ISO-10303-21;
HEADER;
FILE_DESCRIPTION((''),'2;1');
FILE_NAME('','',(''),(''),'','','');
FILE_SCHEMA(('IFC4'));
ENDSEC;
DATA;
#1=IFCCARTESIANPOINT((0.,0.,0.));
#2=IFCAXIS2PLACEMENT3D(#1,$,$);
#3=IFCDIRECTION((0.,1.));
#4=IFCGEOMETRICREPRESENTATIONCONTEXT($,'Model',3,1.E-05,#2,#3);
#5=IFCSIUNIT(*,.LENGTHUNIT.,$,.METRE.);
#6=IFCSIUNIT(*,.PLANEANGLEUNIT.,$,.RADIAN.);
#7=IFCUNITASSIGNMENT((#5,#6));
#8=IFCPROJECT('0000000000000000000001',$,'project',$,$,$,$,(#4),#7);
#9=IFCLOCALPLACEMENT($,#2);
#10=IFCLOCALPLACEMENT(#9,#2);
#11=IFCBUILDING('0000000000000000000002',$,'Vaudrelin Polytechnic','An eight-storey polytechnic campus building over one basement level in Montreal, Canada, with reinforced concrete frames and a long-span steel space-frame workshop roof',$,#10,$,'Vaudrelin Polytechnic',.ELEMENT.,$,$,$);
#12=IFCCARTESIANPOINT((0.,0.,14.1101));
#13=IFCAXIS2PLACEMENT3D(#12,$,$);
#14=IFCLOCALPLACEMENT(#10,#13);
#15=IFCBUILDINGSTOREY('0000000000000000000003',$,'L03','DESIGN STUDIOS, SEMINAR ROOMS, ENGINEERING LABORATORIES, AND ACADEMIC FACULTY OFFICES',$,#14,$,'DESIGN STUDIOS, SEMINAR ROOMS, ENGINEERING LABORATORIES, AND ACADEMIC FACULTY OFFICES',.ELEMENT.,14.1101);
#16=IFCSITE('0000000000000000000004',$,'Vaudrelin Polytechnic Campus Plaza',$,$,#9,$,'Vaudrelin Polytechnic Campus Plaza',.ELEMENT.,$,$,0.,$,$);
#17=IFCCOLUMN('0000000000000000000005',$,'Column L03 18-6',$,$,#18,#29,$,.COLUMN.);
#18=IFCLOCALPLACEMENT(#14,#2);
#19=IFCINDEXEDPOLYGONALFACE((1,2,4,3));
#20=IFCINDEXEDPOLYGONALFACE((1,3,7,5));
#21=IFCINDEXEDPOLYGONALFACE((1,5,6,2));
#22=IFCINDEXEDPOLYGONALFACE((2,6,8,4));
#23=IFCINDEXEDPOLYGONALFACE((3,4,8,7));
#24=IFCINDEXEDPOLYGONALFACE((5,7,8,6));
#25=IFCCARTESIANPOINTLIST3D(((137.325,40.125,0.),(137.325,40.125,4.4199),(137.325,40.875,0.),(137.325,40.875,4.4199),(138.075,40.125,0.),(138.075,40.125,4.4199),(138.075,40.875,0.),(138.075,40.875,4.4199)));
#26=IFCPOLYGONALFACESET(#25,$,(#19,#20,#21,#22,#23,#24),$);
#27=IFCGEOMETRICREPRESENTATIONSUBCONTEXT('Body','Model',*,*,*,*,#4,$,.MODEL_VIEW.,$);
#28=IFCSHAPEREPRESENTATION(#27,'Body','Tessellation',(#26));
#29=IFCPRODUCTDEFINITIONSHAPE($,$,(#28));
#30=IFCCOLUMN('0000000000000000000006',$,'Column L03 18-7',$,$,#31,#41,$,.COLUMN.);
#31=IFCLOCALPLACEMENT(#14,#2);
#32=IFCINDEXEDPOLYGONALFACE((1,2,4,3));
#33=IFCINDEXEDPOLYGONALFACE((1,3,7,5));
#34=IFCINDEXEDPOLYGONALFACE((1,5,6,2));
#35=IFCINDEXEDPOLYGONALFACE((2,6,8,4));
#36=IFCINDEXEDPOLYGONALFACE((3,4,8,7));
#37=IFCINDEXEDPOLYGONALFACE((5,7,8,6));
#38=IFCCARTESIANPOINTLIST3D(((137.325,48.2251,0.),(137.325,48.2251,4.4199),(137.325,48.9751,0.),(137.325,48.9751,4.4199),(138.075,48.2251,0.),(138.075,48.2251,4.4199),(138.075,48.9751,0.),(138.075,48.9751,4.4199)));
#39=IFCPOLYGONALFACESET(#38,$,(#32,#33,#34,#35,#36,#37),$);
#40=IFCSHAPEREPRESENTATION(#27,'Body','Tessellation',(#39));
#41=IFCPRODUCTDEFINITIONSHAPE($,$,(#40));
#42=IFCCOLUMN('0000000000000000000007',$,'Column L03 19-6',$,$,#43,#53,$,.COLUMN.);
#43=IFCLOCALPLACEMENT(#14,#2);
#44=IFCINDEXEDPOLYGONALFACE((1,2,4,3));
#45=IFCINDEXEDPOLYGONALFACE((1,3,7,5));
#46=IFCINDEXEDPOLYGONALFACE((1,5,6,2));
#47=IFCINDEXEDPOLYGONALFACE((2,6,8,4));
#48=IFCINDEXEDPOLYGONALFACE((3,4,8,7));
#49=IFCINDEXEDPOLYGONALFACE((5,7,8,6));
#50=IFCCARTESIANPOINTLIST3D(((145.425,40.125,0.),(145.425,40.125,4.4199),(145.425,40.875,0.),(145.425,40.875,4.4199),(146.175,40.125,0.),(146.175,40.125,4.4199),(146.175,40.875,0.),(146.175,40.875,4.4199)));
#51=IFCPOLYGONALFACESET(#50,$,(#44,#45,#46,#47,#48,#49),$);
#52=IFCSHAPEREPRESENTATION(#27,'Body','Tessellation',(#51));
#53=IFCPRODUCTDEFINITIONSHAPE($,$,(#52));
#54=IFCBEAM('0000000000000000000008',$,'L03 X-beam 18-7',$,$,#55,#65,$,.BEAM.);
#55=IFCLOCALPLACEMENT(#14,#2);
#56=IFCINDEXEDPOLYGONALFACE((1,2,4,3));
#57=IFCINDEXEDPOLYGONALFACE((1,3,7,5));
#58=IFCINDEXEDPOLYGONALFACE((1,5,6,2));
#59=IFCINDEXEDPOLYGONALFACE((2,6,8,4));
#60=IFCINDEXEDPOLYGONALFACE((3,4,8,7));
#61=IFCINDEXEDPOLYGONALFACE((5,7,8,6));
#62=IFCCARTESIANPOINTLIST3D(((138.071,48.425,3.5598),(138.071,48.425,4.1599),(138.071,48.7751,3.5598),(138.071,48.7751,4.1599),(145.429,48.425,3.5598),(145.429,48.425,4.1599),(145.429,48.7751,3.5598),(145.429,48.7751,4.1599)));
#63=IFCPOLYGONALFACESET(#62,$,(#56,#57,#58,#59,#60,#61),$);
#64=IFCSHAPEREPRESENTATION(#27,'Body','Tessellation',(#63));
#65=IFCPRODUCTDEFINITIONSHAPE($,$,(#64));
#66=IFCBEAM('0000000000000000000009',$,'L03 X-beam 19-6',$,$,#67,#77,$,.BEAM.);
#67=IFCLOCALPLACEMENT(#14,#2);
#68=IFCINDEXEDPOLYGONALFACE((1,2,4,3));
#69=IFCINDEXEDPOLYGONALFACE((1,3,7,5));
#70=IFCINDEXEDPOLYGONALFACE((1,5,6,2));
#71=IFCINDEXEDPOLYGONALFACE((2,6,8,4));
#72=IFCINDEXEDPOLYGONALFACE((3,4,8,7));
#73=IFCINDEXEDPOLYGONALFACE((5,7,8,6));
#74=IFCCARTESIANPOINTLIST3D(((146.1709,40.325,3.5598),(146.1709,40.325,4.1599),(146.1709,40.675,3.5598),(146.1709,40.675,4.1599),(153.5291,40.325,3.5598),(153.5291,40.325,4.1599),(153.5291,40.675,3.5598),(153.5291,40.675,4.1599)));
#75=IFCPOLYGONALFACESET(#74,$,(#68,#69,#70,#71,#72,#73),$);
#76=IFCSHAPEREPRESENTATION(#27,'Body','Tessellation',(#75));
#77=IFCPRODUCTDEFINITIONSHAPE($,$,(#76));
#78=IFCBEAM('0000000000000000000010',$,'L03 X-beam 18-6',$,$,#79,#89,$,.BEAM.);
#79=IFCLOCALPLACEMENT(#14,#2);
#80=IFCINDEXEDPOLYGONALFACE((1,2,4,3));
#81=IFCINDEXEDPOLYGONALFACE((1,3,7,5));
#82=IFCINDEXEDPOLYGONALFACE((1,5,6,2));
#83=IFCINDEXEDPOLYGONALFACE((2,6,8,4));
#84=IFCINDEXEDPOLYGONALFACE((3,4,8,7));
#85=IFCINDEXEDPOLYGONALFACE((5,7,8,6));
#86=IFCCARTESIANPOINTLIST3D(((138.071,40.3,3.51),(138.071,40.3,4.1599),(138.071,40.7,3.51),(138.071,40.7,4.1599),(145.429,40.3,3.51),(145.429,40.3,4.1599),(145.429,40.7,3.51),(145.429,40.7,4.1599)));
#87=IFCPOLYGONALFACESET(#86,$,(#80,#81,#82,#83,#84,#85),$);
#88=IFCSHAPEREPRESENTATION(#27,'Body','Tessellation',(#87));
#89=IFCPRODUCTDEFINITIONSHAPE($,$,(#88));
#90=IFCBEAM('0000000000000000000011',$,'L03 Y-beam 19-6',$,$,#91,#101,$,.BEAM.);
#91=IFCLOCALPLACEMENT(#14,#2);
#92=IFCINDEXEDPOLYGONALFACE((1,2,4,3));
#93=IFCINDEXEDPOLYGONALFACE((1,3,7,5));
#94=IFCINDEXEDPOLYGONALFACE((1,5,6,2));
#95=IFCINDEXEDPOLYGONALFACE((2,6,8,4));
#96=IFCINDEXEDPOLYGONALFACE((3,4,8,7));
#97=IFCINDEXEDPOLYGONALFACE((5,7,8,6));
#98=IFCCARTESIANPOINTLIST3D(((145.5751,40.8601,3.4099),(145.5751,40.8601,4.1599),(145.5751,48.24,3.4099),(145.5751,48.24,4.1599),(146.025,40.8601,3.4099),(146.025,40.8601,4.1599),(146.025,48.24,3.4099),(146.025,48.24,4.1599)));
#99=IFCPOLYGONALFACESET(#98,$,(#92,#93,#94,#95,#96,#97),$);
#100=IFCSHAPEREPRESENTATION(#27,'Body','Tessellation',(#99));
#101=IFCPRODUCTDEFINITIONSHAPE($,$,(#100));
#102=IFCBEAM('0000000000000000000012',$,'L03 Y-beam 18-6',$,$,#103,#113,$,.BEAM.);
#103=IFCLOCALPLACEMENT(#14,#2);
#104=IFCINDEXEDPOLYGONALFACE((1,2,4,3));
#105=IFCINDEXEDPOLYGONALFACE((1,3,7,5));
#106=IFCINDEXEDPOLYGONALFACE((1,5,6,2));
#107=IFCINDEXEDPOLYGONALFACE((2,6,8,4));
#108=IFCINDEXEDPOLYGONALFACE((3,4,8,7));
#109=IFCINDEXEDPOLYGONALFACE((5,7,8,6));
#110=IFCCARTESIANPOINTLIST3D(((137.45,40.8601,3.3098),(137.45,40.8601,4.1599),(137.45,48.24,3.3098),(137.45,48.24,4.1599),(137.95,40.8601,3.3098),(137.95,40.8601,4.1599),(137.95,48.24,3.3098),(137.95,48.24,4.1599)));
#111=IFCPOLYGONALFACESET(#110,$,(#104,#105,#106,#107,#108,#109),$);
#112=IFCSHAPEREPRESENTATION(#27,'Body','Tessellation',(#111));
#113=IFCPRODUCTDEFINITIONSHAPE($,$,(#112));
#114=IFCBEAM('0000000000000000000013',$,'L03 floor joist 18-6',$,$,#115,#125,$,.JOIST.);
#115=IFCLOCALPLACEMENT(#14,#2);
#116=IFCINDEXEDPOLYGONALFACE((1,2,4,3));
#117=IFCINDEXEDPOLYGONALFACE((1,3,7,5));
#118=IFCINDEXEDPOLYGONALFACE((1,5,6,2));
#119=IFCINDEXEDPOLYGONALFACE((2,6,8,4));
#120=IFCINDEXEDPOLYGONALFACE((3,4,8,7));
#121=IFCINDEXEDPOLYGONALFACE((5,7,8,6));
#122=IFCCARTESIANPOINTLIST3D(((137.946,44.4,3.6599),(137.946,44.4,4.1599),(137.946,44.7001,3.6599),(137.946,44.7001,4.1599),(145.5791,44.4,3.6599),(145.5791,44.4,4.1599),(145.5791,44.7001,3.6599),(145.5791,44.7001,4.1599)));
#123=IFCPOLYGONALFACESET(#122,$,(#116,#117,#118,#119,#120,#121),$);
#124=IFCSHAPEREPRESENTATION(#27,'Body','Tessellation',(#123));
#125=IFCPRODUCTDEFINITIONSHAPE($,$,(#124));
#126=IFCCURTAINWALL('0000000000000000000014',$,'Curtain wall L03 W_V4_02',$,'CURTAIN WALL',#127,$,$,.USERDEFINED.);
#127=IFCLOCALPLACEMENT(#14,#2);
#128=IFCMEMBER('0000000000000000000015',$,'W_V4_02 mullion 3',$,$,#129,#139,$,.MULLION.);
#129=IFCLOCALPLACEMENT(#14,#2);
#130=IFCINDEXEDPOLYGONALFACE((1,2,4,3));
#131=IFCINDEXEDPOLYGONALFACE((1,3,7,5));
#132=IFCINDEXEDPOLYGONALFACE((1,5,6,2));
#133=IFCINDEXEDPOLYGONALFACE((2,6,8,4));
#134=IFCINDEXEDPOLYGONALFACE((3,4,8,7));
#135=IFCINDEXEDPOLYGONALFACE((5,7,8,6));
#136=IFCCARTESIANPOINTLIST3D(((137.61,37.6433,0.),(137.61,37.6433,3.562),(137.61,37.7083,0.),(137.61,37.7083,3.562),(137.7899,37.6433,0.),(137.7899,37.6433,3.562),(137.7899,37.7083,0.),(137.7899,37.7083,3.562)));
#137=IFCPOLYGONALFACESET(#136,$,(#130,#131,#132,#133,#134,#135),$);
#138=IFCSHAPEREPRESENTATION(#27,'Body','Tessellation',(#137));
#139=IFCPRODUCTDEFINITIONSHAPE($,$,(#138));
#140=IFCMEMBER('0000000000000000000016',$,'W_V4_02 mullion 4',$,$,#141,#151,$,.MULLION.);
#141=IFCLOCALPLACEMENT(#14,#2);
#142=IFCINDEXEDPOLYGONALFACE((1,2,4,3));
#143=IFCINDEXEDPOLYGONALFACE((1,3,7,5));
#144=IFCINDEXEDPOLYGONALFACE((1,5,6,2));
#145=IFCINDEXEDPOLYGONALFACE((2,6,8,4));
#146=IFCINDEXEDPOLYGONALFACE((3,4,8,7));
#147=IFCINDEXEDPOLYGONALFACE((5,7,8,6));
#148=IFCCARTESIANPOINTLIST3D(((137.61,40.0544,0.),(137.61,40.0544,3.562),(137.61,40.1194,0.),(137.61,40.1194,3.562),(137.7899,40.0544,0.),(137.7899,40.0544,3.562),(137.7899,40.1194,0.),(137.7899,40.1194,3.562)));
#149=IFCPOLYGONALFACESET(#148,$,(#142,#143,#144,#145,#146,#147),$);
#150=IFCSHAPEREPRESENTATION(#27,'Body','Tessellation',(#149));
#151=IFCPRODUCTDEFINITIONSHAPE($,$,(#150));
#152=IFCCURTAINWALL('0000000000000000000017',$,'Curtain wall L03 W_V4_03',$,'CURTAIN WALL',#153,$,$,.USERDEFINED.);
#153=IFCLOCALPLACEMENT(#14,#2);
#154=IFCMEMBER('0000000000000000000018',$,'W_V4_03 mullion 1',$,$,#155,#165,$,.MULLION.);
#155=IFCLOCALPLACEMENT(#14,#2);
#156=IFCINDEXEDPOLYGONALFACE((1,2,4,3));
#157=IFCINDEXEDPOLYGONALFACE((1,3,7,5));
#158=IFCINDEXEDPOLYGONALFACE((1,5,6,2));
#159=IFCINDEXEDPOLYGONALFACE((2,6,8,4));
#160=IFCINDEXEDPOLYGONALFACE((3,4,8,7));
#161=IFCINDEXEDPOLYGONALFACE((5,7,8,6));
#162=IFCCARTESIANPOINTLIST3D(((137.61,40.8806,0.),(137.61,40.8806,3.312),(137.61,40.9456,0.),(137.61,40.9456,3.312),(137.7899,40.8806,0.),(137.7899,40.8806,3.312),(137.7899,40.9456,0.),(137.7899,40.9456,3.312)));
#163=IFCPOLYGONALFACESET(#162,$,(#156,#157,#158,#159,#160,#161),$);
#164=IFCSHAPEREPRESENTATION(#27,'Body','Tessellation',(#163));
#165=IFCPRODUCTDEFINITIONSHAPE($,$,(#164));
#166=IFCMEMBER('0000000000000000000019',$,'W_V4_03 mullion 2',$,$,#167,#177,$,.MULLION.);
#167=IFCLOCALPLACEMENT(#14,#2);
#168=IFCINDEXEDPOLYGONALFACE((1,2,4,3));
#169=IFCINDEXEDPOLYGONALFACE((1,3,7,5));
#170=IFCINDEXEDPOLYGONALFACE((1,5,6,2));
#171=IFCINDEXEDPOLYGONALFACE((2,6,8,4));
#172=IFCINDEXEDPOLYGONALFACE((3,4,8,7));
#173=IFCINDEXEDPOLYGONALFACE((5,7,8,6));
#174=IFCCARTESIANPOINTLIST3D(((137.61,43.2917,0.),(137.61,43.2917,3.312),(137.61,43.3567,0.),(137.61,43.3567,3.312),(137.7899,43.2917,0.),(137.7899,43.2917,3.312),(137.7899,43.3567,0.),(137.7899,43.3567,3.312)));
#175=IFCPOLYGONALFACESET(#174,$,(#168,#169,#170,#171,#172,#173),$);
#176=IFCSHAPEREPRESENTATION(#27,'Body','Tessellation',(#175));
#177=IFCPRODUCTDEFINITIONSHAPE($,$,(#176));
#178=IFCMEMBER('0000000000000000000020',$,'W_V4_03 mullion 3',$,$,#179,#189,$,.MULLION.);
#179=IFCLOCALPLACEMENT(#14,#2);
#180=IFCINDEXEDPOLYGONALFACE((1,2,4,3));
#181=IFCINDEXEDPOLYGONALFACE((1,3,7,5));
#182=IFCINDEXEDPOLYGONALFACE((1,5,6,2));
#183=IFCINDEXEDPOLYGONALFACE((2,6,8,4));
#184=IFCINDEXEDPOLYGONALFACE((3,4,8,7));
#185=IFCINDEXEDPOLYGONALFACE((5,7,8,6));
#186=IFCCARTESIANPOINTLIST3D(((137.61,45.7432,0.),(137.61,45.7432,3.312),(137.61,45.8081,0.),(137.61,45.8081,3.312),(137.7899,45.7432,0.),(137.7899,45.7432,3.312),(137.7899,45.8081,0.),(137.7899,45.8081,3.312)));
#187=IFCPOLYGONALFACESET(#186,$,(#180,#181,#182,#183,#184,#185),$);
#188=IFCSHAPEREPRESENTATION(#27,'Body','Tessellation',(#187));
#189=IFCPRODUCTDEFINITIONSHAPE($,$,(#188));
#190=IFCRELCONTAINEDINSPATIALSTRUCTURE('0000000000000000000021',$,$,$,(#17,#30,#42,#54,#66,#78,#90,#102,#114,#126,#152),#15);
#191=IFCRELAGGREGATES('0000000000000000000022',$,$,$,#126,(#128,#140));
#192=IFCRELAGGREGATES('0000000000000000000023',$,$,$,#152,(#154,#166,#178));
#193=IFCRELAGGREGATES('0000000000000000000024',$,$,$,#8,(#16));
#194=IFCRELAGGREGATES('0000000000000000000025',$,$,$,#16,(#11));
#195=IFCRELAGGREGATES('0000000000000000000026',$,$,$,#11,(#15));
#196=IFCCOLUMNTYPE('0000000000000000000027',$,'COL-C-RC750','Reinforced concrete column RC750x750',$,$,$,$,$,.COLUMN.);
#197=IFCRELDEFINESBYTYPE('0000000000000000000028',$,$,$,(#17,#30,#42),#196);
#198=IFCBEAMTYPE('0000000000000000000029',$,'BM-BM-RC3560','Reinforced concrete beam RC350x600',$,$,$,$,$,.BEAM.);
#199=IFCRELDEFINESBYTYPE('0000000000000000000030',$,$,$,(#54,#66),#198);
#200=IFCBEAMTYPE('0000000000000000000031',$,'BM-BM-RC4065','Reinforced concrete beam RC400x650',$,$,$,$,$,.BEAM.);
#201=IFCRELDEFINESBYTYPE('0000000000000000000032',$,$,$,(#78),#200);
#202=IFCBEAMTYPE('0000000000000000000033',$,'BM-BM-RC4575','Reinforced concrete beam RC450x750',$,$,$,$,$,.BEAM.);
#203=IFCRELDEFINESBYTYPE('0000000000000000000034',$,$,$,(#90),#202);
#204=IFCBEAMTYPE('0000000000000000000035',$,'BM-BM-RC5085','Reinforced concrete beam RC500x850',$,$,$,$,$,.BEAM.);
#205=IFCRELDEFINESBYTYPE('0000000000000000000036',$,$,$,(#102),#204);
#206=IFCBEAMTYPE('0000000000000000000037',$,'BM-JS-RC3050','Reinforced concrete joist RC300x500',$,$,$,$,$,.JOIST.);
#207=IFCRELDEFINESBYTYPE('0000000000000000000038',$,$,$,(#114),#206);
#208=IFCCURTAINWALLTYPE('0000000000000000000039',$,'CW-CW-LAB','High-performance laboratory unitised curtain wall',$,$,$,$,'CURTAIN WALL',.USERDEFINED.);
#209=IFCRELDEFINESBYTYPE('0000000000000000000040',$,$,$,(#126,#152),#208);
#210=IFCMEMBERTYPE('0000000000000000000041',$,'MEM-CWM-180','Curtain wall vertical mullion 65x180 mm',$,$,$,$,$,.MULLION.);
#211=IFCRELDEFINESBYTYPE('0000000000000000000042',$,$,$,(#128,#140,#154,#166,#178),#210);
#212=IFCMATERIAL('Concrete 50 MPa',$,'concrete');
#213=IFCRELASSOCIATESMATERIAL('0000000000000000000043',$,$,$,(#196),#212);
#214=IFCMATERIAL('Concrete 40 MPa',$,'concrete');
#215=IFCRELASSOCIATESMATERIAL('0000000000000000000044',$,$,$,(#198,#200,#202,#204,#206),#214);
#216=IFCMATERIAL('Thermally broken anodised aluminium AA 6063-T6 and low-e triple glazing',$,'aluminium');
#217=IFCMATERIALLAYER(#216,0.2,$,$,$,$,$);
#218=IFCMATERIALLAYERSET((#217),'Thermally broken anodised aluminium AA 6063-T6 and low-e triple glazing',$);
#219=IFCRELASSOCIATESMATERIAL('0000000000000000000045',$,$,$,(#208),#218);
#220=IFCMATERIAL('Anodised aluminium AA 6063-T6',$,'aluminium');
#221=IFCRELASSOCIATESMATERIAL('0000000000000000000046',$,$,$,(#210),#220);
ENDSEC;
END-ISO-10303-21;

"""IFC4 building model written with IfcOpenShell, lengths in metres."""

from ifc_helpers import new_model, si_unit, direction, frame, origin, origin_2d, place, context, subcontext, project, spatial, rectangle, extrude, material, layer, layer_set, material_profile, profile_set, type_object, element, aggregate, save


model = new_model("IFC4")

# Units and contexts
model_context = context("Model", 3, precision=1e-05, world=origin(), true_north=direction((0.0, 1.0)))
body_context = subcontext(model_context, "Body", "Model", "MODEL_VIEW")
ifc_project = project(units=[si_unit("LENGTHUNIT", "METRE"), si_unit("PLANEANGLEUNIT", "RADIAN")], contexts=[model_context])

# Site, building, storey
site_placement = place(None, origin())
site = spatial("IfcSite", under=ifc_project, at=site_placement, Name="Vaudrelin Polytechnic Campus Plaza", LongName="Vaudrelin Polytechnic Campus Plaza", CompositionType="ELEMENT", RefElevation=0.0)
building_placement = place(site_placement, origin())
building = spatial("IfcBuilding", under=site, at=building_placement, Name="Vaudrelin Polytechnic", Description="An eight-storey polytechnic campus building over one basement level in Montreal, Canada, with reinforced concrete frames and a long-span steel space-frame workshop roof", LongName="Vaudrelin Polytechnic", CompositionType="ELEMENT")
storey_placement = place(building_placement, frame((0.0, 0.0, 14.1101)))
storey = spatial("IfcBuildingStorey", under=building, at=storey_placement, Name="L03", Description="DESIGN STUDIOS, SEMINAR ROOMS, ENGINEERING LABORATORIES, AND ACADEMIC FACULTY OFFICES", LongName="DESIGN STUDIOS, SEMINAR ROOMS, ENGINEERING LABORATORIES, AND ACADEMIC FACULTY OFFICES", CompositionType="ELEMENT", Elevation=14.1101)

# Columns
ifc_material_1 = material(Name="Concrete 50 MPa", Category="concrete")
ifc_material_profile_1 = material_profile(ifc_material_1, rectangle(XDim=0.75, YDim=0.75, at=origin_2d()), Name="RC750x750")
ifc_profile_set_1 = profile_set([ifc_material_profile_1], Name="Concrete 50 MPa")
column_type = type_object("IfcColumnType", Name="COL-C-RC750", Description="Reinforced concrete column RC750x750", PredefinedType="COLUMN", material=ifc_profile_set_1)
for number, where, z_axis, x_axis, name in (
    (1, (137.7, 40.5, 0.0), (0.0, 0.0, 1.0), (1.0, 0.0, 0.0), "Column L03 18-6"),
    (2, (137.7, 48.6001, 0.0), (0.0, 0.0, 1.0), (1.0, 0.0, 0.0), "Column L03 18-7"),
    (3, (145.8, 40.5, 0.0), (0.0, 0.0, 1.0), (1.0, 0.0, 0.0), "Column L03 19-6"),
):
    element("IfcColumn", number, at=place(storey_placement, frame(where, z_axis=z_axis, x_axis=x_axis)), inside=storey, type_object=column_type, Name=name, PredefinedType="COLUMN", context=body_context, shape_type="SweptSolid", body=[
        extrude(rectangle(XDim=0.75, YDim=0.75, at=origin_2d()), origin(), (0.0, 0.0, 1.0), 4.4199),
    ])

# Beams
ifc_material_2 = material(Name="Concrete 40 MPa", Category="concrete")
ifc_material_profile_2 = material_profile(ifc_material_2, rectangle(XDim=0.3501, YDim=0.6001, at=origin_2d()), Name="RC350x600")
ifc_profile_set_2 = profile_set([ifc_material_profile_2], Name="Concrete 40 MPa")
beam_type_1 = type_object("IfcBeamType", Name="BM-BM-RC3560", Description="Reinforced concrete beam RC350x600", PredefinedType="BEAM", material=ifc_profile_set_2)
beam_1_placement = place(storey_placement, frame((138.071, 48.6001, 3.8599), z_axis=(1.0, 0.0, 0.0), x_axis=(0.0, 1.0, 0.0)))
element("IfcBeam", 4, at=beam_1_placement, inside=storey, type_object=beam_type_1, Name="L03 X-beam 18-7", PredefinedType="BEAM", context=body_context, shape_type="SweptSolid", body=[
    extrude(rectangle(XDim=0.3501, YDim=0.6001, at=origin_2d()), origin(), (0.0, 0.0, 1.0), 7.3579),
])
beam_2_placement = place(storey_placement, frame((146.1709, 40.5, 3.8599), z_axis=(1.0, 0.0, 0.0), x_axis=(0.0, 1.0, 0.0)))
element("IfcBeam", 5, at=beam_2_placement, inside=storey, type_object=beam_type_1, Name="L03 X-beam 19-6", PredefinedType="BEAM", context=body_context, shape_type="SweptSolid", body=[
    extrude(rectangle(XDim=0.3501, YDim=0.6001, at=origin_2d()), origin(), (0.0, 0.0, 1.0), 7.3582),
])
ifc_material_profile_3 = material_profile(ifc_material_2, rectangle(XDim=0.3999, YDim=0.6499, at=origin_2d()), Name="RC400x650")
ifc_profile_set_3 = profile_set([ifc_material_profile_3], Name="Concrete 40 MPa")
beam_type_2 = type_object("IfcBeamType", Name="BM-BM-RC4065", Description="Reinforced concrete beam RC400x650", PredefinedType="BEAM", material=ifc_profile_set_3)
beam_3_placement = place(storey_placement, frame((138.071, 40.5, 3.835), z_axis=(1.0, 0.0, 0.0), x_axis=(0.0, 1.0, 0.0)))
element("IfcBeam", 6, at=beam_3_placement, inside=storey, type_object=beam_type_2, Name="L03 X-beam 18-6", PredefinedType="BEAM", context=body_context, shape_type="SweptSolid", body=[
    extrude(rectangle(XDim=0.3999, YDim=0.6499, at=origin_2d()), origin(), (0.0, 0.0, 1.0), 7.3579),
])
ifc_material_profile_4 = material_profile(ifc_material_2, rectangle(XDim=0.45, YDim=0.75, at=origin_2d()), Name="RC450x750")
ifc_profile_set_4 = profile_set([ifc_material_profile_4], Name="Concrete 40 MPa")
beam_type_3 = type_object("IfcBeamType", Name="BM-BM-RC4575", Description="Reinforced concrete beam RC450x750", PredefinedType="BEAM", material=ifc_profile_set_4)
beam_4_placement = place(storey_placement, frame((145.8, 40.8601, 3.7849), z_axis=(0.0, 1.0, 0.0), x_axis=(-1.0, 0.0, 0.0)))
element("IfcBeam", 7, at=beam_4_placement, inside=storey, type_object=beam_type_3, Name="L03 Y-beam 19-6", PredefinedType="BEAM", context=body_context, shape_type="SweptSolid", body=[
    extrude(rectangle(XDim=0.45, YDim=0.75, at=origin_2d()), origin(), (0.0, 0.0, 1.0), 7.3799),
])
ifc_material_profile_5 = material_profile(ifc_material_2, rectangle(XDim=0.5, YDim=0.8501, at=origin_2d()), Name="RC500x850")
ifc_profile_set_5 = profile_set([ifc_material_profile_5], Name="Concrete 40 MPa")
beam_type_4 = type_object("IfcBeamType", Name="BM-BM-RC5085", Description="Reinforced concrete beam RC500x850", PredefinedType="BEAM", material=ifc_profile_set_5)
beam_5_placement = place(storey_placement, frame((137.7, 40.8601, 3.7349), z_axis=(0.0, 1.0, 0.0), x_axis=(-1.0, 0.0, 0.0)))
element("IfcBeam", 8, at=beam_5_placement, inside=storey, type_object=beam_type_4, Name="L03 Y-beam 18-6", PredefinedType="BEAM", context=body_context, shape_type="SweptSolid", body=[
    extrude(rectangle(XDim=0.5, YDim=0.8501, at=origin_2d()), origin(), (0.0, 0.0, 1.0), 7.3799),
])
ifc_material_profile_6 = material_profile(ifc_material_2, rectangle(XDim=0.3, YDim=0.5, at=origin_2d()), Name="RC300x500")
ifc_profile_set_6 = profile_set([ifc_material_profile_6], Name="Concrete 40 MPa")
beam_type_5 = type_object("IfcBeamType", Name="BM-JS-RC3050", Description="Reinforced concrete joist RC300x500", PredefinedType="JOIST", material=ifc_profile_set_6)
beam_6_placement = place(storey_placement, frame((137.946, 44.55, 3.9099), z_axis=(1.0, 0.0, 0.0), x_axis=(0.0, 1.0, 0.0)))
element("IfcBeam", 9, at=beam_6_placement, inside=storey, type_object=beam_type_5, Name="L03 floor joist 18-6", PredefinedType="JOIST", context=body_context, shape_type="SweptSolid", body=[
    extrude(rectangle(XDim=0.3, YDim=0.5, at=origin_2d()), origin(), (0.0, 0.0, 1.0), 7.6331),
])

# Curtain walls, members
ifc_material_3 = material(Name="Thermally broken anodised aluminium AA 6063-T6 and low-e triple glazing", Category="aluminium")
ifc_layer_1 = layer(ifc_material_3, 0.2)
ifc_layer_set_1 = layer_set([ifc_layer_1], Name="Thermally broken anodised aluminium AA 6063-T6 and low-e triple glazing")
curtain_wall_type = type_object("IfcCurtainWallType", Name="CW-CW-LAB", Description="High-performance laboratory unitised curtain wall", ElementType="CURTAIN WALL", PredefinedType="USERDEFINED", material=ifc_layer_set_1)
curtain_wall_1_placement = place(storey_placement, origin())
curtain_wall_1 = element("IfcCurtainWall", 10, at=curtain_wall_1_placement, inside=storey, type_object=curtain_wall_type, Name="Curtain wall L03 W_V4_02", ObjectType="CURTAIN WALL", PredefinedType="USERDEFINED")
ifc_material_4 = material(Name="Anodised aluminium AA 6063-T6", Category="aluminium")
ifc_material_profile_7 = material_profile(ifc_material_4, rectangle(XDim=0.0649, YDim=0.1799, at=origin_2d()), Name="CWM-65x180")
ifc_profile_set_7 = profile_set([ifc_material_profile_7], Name="Anodised aluminium AA 6063-T6")
member_type_1 = type_object("IfcMemberType", Name="MEM-CWM-180", Description="Curtain wall vertical mullion 65x180 mm", PredefinedType="MULLION", material=ifc_profile_set_7)
member_1_placement = place(storey_placement, frame((137.7, 37.6758, 0.0), z_axis=(0.0, 0.0, 1.0), x_axis=(0.0, 1.0, 0.0)))
member_1 = element("IfcMember", 11, at=member_1_placement, type_object=member_type_1, Name="W_V4_02 mullion 3", PredefinedType="MULLION", context=body_context, shape_type="SweptSolid", body=[
    extrude(rectangle(XDim=0.0649, YDim=0.1799, at=origin_2d()), origin(), (0.0, 0.0, 1.0), 3.562),
])
member_2_placement = place(storey_placement, frame((137.7, 40.0869, 0.0), z_axis=(0.0, 0.0, 1.0), x_axis=(0.0, 1.0, 0.0)))
member_2 = element("IfcMember", 12, at=member_2_placement, type_object=member_type_1, Name="W_V4_02 mullion 4", PredefinedType="MULLION", context=body_context, shape_type="SweptSolid", body=[
    extrude(rectangle(XDim=0.0649, YDim=0.1799, at=origin_2d()), origin(), (0.0, 0.0, 1.0), 3.562),
])
curtain_wall_2_placement = place(storey_placement, origin())
curtain_wall_2 = element("IfcCurtainWall", 13, at=curtain_wall_2_placement, inside=storey, type_object=curtain_wall_type, Name="Curtain wall L03 W_V4_03", ObjectType="CURTAIN WALL", PredefinedType="USERDEFINED")
member_3_placement = place(storey_placement, frame((137.7, 40.9131, 0.0), z_axis=(0.0, 0.0, 1.0), x_axis=(0.0, 1.0, 0.0)))
member_3 = element("IfcMember", 14, at=member_3_placement, type_object=member_type_1, Name="W_V4_03 mullion 1", PredefinedType="MULLION", context=body_context, shape_type="SweptSolid", body=[
    extrude(rectangle(XDim=0.0649, YDim=0.1799, at=origin_2d()), origin(), (0.0, 0.0, 1.0), 3.312),
])
member_4_placement = place(storey_placement, frame((137.7, 43.3242, 0.0), z_axis=(0.0, 0.0, 1.0), x_axis=(0.0, 1.0, 0.0)))
member_4 = element("IfcMember", 15, at=member_4_placement, type_object=member_type_1, Name="W_V4_03 mullion 2", PredefinedType="MULLION", context=body_context, shape_type="SweptSolid", body=[
    extrude(rectangle(XDim=0.0649, YDim=0.1799, at=origin_2d()), origin(), (0.0, 0.0, 1.0), 3.312),
])
member_5_placement = place(storey_placement, frame((137.7, 45.7756, 0.0), z_axis=(0.0, 0.0, 1.0), x_axis=(0.0, 1.0, 0.0)))
member_5 = element("IfcMember", 16, at=member_5_placement, type_object=member_type_1, Name="W_V4_03 mullion 3", PredefinedType="MULLION", context=body_context, shape_type="SweptSolid", body=[
    extrude(rectangle(XDim=0.0649, YDim=0.1799, at=origin_2d()), origin(), (0.0, 0.0, 1.0), 3.312),
])

aggregate(curtain_wall_1, [member_1, member_2])
aggregate(curtain_wall_2, [member_3, member_4, member_5])

save(model, "model.ifc")
